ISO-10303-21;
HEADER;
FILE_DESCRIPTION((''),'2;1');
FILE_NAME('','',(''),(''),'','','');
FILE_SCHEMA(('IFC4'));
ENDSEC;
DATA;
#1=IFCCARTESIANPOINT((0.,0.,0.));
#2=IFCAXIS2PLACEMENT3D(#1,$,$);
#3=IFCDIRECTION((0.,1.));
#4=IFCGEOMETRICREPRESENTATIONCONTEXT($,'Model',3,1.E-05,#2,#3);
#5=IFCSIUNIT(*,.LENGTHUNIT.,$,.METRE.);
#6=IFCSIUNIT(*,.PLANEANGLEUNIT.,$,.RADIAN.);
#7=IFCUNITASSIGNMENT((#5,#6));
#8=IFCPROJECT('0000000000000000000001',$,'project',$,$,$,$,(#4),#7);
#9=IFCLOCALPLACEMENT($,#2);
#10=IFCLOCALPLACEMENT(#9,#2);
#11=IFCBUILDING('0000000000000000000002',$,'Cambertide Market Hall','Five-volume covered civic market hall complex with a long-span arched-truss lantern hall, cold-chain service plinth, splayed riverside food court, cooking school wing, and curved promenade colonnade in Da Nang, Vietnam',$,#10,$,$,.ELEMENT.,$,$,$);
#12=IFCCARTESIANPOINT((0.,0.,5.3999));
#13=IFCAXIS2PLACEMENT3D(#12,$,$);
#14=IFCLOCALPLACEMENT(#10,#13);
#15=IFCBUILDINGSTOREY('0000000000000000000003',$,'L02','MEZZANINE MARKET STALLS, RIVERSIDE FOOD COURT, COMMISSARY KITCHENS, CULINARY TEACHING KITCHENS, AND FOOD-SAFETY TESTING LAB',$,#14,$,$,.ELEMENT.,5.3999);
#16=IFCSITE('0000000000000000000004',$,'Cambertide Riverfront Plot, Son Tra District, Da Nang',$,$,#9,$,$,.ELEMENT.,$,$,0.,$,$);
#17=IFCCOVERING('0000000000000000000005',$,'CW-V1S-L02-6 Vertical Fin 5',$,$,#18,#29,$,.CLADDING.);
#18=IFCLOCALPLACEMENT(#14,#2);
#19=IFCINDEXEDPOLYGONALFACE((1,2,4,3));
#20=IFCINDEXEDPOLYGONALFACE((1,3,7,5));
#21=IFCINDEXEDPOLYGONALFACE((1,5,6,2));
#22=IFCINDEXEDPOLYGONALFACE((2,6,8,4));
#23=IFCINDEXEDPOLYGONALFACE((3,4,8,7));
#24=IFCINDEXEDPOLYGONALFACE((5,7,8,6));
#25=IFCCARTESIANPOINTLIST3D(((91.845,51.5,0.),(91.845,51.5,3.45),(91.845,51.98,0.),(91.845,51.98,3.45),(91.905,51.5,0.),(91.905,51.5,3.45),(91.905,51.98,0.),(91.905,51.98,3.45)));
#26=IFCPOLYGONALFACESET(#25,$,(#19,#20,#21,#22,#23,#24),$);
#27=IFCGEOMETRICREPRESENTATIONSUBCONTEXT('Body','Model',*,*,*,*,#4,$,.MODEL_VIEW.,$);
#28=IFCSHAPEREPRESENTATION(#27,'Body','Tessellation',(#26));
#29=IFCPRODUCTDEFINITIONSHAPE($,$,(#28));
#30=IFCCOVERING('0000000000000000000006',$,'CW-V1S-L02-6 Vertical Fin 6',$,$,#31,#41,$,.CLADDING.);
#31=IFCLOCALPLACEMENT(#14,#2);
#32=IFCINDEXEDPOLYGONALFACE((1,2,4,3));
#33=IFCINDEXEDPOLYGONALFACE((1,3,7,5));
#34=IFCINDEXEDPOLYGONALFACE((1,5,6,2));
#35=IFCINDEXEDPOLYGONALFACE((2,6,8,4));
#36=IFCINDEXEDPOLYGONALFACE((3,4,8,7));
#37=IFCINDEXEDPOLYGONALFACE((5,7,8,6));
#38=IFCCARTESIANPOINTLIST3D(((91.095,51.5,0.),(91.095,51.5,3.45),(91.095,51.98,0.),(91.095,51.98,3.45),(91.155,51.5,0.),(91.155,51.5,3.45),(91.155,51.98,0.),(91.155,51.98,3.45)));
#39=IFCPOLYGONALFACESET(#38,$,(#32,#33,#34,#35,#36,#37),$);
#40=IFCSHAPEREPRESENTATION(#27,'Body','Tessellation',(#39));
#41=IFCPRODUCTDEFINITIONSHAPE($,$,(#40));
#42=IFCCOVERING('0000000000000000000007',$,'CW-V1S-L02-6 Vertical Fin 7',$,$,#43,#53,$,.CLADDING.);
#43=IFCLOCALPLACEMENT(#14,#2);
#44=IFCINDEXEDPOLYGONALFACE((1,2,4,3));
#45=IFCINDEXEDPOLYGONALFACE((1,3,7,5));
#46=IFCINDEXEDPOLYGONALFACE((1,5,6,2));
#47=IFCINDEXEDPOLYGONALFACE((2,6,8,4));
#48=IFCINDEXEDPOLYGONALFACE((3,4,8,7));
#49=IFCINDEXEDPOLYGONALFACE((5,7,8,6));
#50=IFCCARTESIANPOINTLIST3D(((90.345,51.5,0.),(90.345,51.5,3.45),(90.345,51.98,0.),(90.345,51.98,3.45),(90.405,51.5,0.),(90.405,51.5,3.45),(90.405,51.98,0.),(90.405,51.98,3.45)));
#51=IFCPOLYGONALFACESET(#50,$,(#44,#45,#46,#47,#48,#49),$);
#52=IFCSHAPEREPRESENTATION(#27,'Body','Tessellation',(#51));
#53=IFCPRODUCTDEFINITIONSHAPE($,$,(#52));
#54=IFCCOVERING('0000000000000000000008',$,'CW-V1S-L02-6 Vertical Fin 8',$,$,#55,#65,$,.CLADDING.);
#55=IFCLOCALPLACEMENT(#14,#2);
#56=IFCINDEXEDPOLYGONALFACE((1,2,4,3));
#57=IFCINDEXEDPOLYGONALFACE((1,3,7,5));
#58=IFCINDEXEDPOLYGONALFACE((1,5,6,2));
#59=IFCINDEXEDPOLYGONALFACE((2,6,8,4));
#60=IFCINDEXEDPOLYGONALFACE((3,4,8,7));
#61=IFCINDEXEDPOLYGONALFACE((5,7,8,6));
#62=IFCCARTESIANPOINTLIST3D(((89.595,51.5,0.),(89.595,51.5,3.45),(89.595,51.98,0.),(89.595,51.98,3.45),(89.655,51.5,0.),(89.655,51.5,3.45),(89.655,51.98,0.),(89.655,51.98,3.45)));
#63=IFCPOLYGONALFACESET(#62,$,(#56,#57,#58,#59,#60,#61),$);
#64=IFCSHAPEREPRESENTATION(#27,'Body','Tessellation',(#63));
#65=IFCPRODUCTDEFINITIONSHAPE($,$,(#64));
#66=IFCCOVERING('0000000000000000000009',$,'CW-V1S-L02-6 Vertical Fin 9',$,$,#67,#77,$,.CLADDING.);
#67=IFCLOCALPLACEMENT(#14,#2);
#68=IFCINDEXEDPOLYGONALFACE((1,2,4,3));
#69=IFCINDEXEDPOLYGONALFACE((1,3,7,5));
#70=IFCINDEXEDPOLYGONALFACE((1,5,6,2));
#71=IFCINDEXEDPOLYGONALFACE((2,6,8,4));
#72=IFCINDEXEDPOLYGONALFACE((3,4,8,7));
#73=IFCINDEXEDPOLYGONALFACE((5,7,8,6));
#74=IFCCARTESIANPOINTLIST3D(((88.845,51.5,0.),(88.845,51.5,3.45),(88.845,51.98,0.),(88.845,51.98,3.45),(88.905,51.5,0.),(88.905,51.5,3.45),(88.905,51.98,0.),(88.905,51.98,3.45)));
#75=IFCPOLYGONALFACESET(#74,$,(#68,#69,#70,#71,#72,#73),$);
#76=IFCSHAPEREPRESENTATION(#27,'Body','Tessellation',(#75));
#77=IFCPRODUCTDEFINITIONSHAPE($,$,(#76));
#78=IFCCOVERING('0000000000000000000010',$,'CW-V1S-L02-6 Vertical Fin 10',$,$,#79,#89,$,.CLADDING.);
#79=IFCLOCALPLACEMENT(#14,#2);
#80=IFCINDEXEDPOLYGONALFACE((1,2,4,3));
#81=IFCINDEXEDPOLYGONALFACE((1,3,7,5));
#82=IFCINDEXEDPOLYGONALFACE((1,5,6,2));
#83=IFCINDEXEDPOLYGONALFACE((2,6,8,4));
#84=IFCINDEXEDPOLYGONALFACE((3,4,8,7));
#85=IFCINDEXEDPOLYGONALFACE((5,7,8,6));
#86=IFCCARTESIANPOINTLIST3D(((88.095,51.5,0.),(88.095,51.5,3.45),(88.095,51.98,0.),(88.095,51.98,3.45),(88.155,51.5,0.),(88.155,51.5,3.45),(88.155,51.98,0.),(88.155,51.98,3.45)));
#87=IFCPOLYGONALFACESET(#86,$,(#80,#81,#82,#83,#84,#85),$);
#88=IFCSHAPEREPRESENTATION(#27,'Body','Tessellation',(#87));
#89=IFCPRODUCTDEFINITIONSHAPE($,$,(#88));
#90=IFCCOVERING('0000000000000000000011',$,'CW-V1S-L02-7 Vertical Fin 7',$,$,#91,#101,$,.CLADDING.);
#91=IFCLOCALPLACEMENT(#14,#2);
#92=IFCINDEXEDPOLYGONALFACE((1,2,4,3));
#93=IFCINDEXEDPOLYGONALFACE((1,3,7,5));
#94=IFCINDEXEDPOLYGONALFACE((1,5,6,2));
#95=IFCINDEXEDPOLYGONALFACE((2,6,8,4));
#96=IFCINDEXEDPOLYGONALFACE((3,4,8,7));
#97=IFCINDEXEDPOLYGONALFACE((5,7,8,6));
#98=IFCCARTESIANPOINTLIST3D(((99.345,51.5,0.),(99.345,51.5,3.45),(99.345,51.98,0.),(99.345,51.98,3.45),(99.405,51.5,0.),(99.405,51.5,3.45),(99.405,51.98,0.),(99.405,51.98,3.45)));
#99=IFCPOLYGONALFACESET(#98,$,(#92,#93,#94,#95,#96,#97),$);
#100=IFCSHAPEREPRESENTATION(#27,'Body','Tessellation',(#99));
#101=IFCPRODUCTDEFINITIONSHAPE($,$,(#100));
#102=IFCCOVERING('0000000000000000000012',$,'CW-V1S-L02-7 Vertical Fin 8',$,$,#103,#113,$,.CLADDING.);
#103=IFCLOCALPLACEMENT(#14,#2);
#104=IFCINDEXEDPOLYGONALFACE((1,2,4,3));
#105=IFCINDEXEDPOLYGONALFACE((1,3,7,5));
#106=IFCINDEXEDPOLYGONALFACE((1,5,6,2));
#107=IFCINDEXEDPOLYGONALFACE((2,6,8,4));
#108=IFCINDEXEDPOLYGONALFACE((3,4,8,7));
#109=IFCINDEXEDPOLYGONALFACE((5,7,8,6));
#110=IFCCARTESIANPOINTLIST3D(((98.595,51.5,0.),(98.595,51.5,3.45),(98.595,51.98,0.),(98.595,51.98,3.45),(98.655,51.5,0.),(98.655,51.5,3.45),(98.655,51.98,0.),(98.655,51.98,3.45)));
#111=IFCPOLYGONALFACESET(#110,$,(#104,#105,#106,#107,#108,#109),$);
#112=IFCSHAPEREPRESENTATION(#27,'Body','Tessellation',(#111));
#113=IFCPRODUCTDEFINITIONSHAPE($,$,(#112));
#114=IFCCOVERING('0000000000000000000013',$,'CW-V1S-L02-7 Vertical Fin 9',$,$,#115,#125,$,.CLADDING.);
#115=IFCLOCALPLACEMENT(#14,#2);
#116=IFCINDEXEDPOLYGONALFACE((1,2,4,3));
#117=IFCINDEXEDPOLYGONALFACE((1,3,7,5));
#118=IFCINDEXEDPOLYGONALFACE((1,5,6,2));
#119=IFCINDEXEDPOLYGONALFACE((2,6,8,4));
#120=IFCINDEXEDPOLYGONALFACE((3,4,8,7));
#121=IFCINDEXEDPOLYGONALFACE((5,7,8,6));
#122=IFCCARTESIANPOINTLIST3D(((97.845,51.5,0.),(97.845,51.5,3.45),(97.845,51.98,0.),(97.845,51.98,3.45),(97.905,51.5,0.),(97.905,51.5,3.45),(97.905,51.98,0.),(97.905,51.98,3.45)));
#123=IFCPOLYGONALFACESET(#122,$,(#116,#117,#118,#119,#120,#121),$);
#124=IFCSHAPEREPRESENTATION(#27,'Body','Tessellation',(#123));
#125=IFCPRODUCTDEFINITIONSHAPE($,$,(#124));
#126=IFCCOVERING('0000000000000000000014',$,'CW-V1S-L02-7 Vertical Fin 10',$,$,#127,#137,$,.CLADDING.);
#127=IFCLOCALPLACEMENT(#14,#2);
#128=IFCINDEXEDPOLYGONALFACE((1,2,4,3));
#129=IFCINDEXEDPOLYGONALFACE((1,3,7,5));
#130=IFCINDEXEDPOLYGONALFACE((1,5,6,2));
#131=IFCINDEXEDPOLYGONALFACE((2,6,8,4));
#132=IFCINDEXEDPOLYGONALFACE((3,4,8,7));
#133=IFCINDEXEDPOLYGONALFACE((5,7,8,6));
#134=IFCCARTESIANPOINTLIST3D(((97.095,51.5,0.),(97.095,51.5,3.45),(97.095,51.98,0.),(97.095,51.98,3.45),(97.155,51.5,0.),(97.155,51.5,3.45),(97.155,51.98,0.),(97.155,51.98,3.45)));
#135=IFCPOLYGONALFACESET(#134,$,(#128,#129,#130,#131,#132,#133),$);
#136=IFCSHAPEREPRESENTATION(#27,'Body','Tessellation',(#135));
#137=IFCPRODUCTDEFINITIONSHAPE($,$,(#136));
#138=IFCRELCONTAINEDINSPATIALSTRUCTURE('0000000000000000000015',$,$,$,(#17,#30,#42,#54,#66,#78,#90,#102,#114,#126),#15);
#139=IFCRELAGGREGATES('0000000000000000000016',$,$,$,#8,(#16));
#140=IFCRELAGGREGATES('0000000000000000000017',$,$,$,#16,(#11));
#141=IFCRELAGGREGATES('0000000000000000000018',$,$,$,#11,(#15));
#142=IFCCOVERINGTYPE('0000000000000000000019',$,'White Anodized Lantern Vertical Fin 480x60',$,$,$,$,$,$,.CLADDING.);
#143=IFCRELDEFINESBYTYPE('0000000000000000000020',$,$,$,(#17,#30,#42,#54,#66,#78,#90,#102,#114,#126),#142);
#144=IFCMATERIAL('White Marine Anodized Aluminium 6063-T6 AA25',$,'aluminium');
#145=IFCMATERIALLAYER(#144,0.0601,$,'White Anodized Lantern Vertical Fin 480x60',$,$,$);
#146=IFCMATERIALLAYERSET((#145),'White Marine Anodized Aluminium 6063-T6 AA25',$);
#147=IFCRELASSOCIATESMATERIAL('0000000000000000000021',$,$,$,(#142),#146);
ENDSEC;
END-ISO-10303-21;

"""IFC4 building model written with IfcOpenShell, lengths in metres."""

from ifc_helpers import new_model, si_unit, direction, frame, origin, origin_2d, place, context, subcontext, project, spatial, rectangle, extrude, material, layer, layer_set, type_object, element, save


model = new_model("IFC4")

# Units and contexts
model_context = context("Model", 3, precision=1e-05, world=origin(), true_north=direction((0.0, 1.0)))
body_context = subcontext(model_context, "Body", "Model", "MODEL_VIEW")
ifc_project = project(units=[si_unit("LENGTHUNIT", "METRE"), si_unit("PLANEANGLEUNIT", "RADIAN")], contexts=[model_context])

# Site, building, storey
site_placement = place(None, origin())
site = spatial("IfcSite", under=ifc_project, at=site_placement, Name="Cambertide Riverfront Plot, Son Tra District, Da Nang", CompositionType="ELEMENT", RefElevation=0.0)
building_placement = place(site_placement, origin())
building = spatial("IfcBuilding", under=site, at=building_placement, Name="Cambertide Market Hall", Description="Five-volume covered civic market hall complex with a long-span arched-truss lantern hall, cold-chain service plinth, splayed riverside food court, cooking school wing, and curved promenade colonnade in Da Nang, Vietnam", CompositionType="ELEMENT")
storey_placement = place(building_placement, frame((0.0, 0.0, 5.3999)))
storey = spatial("IfcBuildingStorey", under=building, at=storey_placement, Name="L02", Description="MEZZANINE MARKET STALLS, RIVERSIDE FOOD COURT, COMMISSARY KITCHENS, CULINARY TEACHING KITCHENS, AND FOOD-SAFETY TESTING LAB", CompositionType="ELEMENT", Elevation=5.3999)

# Coverings
ifc_material = material(Name="White Marine Anodized Aluminium 6063-T6 AA25", Category="aluminium")
ifc_layer = layer(ifc_material, 0.0601, Name="White Anodized Lantern Vertical Fin 480x60")
ifc_layer_set = layer_set([ifc_layer], Name="White Marine Anodized Aluminium 6063-T6 AA25")
covering_type = type_object("IfcCoveringType", Name="White Anodized Lantern Vertical Fin 480x60", PredefinedType="CLADDING", material=ifc_layer_set)
for number, where, z_axis, x_axis, name in (
    (1, (91.875, 51.74, 0.0), (0.0, 0.0, 1.0), (-1.0, 0.0, 0.0), "CW-V1S-L02-6 Vertical Fin 5"),
    (2, (91.125, 51.74, 0.0), (0.0, 0.0, 1.0), (-1.0, 0.0, 0.0), "CW-V1S-L02-6 Vertical Fin 6"),
    (3, (90.375, 51.74, 0.0), (0.0, 0.0, 1.0), (-1.0, 0.0, 0.0), "CW-V1S-L02-6 Vertical Fin 7"),
    (4, (89.625, 51.74, 0.0), (0.0, 0.0, 1.0), (-1.0, 0.0, 0.0), "CW-V1S-L02-6 Vertical Fin 8"),
    (5, (88.875, 51.74, 0.0), (0.0, 0.0, 1.0), (-1.0, 0.0, 0.0), "CW-V1S-L02-6 Vertical Fin 9"),
    (6, (88.125, 51.74, 0.0), (0.0, 0.0, 1.0), (-1.0, 0.0, 0.0), "CW-V1S-L02-6 Vertical Fin 10"),
    (7, (99.375, 51.74, 0.0), (0.0, 0.0, 1.0), (-1.0, 0.0, 0.0), "CW-V1S-L02-7 Vertical Fin 7"),
    (8, (98.625, 51.74, 0.0), (0.0, 0.0, 1.0), (-1.0, 0.0, 0.0), "CW-V1S-L02-7 Vertical Fin 8"),
    (9, (97.875, 51.74, 0.0), (0.0, 0.0, 1.0), (-1.0, 0.0, 0.0), "CW-V1S-L02-7 Vertical Fin 9"),
    (10, (97.125, 51.74, 0.0), (0.0, 0.0, 1.0), (-1.0, 0.0, 0.0), "CW-V1S-L02-7 Vertical Fin 10"),
):
    element("IfcCovering", number, at=place(storey_placement, frame(where, z_axis=z_axis, x_axis=x_axis)), inside=storey, type_object=covering_type, Name=name, PredefinedType="CLADDING", context=body_context, shape_type="SweptSolid", body=[
        extrude(rectangle(XDim=0.0601, YDim=0.48, at=origin_2d()), origin(), (0.0, 0.0, 1.0), 3.45),
    ])

save(model, "model.ifc")
